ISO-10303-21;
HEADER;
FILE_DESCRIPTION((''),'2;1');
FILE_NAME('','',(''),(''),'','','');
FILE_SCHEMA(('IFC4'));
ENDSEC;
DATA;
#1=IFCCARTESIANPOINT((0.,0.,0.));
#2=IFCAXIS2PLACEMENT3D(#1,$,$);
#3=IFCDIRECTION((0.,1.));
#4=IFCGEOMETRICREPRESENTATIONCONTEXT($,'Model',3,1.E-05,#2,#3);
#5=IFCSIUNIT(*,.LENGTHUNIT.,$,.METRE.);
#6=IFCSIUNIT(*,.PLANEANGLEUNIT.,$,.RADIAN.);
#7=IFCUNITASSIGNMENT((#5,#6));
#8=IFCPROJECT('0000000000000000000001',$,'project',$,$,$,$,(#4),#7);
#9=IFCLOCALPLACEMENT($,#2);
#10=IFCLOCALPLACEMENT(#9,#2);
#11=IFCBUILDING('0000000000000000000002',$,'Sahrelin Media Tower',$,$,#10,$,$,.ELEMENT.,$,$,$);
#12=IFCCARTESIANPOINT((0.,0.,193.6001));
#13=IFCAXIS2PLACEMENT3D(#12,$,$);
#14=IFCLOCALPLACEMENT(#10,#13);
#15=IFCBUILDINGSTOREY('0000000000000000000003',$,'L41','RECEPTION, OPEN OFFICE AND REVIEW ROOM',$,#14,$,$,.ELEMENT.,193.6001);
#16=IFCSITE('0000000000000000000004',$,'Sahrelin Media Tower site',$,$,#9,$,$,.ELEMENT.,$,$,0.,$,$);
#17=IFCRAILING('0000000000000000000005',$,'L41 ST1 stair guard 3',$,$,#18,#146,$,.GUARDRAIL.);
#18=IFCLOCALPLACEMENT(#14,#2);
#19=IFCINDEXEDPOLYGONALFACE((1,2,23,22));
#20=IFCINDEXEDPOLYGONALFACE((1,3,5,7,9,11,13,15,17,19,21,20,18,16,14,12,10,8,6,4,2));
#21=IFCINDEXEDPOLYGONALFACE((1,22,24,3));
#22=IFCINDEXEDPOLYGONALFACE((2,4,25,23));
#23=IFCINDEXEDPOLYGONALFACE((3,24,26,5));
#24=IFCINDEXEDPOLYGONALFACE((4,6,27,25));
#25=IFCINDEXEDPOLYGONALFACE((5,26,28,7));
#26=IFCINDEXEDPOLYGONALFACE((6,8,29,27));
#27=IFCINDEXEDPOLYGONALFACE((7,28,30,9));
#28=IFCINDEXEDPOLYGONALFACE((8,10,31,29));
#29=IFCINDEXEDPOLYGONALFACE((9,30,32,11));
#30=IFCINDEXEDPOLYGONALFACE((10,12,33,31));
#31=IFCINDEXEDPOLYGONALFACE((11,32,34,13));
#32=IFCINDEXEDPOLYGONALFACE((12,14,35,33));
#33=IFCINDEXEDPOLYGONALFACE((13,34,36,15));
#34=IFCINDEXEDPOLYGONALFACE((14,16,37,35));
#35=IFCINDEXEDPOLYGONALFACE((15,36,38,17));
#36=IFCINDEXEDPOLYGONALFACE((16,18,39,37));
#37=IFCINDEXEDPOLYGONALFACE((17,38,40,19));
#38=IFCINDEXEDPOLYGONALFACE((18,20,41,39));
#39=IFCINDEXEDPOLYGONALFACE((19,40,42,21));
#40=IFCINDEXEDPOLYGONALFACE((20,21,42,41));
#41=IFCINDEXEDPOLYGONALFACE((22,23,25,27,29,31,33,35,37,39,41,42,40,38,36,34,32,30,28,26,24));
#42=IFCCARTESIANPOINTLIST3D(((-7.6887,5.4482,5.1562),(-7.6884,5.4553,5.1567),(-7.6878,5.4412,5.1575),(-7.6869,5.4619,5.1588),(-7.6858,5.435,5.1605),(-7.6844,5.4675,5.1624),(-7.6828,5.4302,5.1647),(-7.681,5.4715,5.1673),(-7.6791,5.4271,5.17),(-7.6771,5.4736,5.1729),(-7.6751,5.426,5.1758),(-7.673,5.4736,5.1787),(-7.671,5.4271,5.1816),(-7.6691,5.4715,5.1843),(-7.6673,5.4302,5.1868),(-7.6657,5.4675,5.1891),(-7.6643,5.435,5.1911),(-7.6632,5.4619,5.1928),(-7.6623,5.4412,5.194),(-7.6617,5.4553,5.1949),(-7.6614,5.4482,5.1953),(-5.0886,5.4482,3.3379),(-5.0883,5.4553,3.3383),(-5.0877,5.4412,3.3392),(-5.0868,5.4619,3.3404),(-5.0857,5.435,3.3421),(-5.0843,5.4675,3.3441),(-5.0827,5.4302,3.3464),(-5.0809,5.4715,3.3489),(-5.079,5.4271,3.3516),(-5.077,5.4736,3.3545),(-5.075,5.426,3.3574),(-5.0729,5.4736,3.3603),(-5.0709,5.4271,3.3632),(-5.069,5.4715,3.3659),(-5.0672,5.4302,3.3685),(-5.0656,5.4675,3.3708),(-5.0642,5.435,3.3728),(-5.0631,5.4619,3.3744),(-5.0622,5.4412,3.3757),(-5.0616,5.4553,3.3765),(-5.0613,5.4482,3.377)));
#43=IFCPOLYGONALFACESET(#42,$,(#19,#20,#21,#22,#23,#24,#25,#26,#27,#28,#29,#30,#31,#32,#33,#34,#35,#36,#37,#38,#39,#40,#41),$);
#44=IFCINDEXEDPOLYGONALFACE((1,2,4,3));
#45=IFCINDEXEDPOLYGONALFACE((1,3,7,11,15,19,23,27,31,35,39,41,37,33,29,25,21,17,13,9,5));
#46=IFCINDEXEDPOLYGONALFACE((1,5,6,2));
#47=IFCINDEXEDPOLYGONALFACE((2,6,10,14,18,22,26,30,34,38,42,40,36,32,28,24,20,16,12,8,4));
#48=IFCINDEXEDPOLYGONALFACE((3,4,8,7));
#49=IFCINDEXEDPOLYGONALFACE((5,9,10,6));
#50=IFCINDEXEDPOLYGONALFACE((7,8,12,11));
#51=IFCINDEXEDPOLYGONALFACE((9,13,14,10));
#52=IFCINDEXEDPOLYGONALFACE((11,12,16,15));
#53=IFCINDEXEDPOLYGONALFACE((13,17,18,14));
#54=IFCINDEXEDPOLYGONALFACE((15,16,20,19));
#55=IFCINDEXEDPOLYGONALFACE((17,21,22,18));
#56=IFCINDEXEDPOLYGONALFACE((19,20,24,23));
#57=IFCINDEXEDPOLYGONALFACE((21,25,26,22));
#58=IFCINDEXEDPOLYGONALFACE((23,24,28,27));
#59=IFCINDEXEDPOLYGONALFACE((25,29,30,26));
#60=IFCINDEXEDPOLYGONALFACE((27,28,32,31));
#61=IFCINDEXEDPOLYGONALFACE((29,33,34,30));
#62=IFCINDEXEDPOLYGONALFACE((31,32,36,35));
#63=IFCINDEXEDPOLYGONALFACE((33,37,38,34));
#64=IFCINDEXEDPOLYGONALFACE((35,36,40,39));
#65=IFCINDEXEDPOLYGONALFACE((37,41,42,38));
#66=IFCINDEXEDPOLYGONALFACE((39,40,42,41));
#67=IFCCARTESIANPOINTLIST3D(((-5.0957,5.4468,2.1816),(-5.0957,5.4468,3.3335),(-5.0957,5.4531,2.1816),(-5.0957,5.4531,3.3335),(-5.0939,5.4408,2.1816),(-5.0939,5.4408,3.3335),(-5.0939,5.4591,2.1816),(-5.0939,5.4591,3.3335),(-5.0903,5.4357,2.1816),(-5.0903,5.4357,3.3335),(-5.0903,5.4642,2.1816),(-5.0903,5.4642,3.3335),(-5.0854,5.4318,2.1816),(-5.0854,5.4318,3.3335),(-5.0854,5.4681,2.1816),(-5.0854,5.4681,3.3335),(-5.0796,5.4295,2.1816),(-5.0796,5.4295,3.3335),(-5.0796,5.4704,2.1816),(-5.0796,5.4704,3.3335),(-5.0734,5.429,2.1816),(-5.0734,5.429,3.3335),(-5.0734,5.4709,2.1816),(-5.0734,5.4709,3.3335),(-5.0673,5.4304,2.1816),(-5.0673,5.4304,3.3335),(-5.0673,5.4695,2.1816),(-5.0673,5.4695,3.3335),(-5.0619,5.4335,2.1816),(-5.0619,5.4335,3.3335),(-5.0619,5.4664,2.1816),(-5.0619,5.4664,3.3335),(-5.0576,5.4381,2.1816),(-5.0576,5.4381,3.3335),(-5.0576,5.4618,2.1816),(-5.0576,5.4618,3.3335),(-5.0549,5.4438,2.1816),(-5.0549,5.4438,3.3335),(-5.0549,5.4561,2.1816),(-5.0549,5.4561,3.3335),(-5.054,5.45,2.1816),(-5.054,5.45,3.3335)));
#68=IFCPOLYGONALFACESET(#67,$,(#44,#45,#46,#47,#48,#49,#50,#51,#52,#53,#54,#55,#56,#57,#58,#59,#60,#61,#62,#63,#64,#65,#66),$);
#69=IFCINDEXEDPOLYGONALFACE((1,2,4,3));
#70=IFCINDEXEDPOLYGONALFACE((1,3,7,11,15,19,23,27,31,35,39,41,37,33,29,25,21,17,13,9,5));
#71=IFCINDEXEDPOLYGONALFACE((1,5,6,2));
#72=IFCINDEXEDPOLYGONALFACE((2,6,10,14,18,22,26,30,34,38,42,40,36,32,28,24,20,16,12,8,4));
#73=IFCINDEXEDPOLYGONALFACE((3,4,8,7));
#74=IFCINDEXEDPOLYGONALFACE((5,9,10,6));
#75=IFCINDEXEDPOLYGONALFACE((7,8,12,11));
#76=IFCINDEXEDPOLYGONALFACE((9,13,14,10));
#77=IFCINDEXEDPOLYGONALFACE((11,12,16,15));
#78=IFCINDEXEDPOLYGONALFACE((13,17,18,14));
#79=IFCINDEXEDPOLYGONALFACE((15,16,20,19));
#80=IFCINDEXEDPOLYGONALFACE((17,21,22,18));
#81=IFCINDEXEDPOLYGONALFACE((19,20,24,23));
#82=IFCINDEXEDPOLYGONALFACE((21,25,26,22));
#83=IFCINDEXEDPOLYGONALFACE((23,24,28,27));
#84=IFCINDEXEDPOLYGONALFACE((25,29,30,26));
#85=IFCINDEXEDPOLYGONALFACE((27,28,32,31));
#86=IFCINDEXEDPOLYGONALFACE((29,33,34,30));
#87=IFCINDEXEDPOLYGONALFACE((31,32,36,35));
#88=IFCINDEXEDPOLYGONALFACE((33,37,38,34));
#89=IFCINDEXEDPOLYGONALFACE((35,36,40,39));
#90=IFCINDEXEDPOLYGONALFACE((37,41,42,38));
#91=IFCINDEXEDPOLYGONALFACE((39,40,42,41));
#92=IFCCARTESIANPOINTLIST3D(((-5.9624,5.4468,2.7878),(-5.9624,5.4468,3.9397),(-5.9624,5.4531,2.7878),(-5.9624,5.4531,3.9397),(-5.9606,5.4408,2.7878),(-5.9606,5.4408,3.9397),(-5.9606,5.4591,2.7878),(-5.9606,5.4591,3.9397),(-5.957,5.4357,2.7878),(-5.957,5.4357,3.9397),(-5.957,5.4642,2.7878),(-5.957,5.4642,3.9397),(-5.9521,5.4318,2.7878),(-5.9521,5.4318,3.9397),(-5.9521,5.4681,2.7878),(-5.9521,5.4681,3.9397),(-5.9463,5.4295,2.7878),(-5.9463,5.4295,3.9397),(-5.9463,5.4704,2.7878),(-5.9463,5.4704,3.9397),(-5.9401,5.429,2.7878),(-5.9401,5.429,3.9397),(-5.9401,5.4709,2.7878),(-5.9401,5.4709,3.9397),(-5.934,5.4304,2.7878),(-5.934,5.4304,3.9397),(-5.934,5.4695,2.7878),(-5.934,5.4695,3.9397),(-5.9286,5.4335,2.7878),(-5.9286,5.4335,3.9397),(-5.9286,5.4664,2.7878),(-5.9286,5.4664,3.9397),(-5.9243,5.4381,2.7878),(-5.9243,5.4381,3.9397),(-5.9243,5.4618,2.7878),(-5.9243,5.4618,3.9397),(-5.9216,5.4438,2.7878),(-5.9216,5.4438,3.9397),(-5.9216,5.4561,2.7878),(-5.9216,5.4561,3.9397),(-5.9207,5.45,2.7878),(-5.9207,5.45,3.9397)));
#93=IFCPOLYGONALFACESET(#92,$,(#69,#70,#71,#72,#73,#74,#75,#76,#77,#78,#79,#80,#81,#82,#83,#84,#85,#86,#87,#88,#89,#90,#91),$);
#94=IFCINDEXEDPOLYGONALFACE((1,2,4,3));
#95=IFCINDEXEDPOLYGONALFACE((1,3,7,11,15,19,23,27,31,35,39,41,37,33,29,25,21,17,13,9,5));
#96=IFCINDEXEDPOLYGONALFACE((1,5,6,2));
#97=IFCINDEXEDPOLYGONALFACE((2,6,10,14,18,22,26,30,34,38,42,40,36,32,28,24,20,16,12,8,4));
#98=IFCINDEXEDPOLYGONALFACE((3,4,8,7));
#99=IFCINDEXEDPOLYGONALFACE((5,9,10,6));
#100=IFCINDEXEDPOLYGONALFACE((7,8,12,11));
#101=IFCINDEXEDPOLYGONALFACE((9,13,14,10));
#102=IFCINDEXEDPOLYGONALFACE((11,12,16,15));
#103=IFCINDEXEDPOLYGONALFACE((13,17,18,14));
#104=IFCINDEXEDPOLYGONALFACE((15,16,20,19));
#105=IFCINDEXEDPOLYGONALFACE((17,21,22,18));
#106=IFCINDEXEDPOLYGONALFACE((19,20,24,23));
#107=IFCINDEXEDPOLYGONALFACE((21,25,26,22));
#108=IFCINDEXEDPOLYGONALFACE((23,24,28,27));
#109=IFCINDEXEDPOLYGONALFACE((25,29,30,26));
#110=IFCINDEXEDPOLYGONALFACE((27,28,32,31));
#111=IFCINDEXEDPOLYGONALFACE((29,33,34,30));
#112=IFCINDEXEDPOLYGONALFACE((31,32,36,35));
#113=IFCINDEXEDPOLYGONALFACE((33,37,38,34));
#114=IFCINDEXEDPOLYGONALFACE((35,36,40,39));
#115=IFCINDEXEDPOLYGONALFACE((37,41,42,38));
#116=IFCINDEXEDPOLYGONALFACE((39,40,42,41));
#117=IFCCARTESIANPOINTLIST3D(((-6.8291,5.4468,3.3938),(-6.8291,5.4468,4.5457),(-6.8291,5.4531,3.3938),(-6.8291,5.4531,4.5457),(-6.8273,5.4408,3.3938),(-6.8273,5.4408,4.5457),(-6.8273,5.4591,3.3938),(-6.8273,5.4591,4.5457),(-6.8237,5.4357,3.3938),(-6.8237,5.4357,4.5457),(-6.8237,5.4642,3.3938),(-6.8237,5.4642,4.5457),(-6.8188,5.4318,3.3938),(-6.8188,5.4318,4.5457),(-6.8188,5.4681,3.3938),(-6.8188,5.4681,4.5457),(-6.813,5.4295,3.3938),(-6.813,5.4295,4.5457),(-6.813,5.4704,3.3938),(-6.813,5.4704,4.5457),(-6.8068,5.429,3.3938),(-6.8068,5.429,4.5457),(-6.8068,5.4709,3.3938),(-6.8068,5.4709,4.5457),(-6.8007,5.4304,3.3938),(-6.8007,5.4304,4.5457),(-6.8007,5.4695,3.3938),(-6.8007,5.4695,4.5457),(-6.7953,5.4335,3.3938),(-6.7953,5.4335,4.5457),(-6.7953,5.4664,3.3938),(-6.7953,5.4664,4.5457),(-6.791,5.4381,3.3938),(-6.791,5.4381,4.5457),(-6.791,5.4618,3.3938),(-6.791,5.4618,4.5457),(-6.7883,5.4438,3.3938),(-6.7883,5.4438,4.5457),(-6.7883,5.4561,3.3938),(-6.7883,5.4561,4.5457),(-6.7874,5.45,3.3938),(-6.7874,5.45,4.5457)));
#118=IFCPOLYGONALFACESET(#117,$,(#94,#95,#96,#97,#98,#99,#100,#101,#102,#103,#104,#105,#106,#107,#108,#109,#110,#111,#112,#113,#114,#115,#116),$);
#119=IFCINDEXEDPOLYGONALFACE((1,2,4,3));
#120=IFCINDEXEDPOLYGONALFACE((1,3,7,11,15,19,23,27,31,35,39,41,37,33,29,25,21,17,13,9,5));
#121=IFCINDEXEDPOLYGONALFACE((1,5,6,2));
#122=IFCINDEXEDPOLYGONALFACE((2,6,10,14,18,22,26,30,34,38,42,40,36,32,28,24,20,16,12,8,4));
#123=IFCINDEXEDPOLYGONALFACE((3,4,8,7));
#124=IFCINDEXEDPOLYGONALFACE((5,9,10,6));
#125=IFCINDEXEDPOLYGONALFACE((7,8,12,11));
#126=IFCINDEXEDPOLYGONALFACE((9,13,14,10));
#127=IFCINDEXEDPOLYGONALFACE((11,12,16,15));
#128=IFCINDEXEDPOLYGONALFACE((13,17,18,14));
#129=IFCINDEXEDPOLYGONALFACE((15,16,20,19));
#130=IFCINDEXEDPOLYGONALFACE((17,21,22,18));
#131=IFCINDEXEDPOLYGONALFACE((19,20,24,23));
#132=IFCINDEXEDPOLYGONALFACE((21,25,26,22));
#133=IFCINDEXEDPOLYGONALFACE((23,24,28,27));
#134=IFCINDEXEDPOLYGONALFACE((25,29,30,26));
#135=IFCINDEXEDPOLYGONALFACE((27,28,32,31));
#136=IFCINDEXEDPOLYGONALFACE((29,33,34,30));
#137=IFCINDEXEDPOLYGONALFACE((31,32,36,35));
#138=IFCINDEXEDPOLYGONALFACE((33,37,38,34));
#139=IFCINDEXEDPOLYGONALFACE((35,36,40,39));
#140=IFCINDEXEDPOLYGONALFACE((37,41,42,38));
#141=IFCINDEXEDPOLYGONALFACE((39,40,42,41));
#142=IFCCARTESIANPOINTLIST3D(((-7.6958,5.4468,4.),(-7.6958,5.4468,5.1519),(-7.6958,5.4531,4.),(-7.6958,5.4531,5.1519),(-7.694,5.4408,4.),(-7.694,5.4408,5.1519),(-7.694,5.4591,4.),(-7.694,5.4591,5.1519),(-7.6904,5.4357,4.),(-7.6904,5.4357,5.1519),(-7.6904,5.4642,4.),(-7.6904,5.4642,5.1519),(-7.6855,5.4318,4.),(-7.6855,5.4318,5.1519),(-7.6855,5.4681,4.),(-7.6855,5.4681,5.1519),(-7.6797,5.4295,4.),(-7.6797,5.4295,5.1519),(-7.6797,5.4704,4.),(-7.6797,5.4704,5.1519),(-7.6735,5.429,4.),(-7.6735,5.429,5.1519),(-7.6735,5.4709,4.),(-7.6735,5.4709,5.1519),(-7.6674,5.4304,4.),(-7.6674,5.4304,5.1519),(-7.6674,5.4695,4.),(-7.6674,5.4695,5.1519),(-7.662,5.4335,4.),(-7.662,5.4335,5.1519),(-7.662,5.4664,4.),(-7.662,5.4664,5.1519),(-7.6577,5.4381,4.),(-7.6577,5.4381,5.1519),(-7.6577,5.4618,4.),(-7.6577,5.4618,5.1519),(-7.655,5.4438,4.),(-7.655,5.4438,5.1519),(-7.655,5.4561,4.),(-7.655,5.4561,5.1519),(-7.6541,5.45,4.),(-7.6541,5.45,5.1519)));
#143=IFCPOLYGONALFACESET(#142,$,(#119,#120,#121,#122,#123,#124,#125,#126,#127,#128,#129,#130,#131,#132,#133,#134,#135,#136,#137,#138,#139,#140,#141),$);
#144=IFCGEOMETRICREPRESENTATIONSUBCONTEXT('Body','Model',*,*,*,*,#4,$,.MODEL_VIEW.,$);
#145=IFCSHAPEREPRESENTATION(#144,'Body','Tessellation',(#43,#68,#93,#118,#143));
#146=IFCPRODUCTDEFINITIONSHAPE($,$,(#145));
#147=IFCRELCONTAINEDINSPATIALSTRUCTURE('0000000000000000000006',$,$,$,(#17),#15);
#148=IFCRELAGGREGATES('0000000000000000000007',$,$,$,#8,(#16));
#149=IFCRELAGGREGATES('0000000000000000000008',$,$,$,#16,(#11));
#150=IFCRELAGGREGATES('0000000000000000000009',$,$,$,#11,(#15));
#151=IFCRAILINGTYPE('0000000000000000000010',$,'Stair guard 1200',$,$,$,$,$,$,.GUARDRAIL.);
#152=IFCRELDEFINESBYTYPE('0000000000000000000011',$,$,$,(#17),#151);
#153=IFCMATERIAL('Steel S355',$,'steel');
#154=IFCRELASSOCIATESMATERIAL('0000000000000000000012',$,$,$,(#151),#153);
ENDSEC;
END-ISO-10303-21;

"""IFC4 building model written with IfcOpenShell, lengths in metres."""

from ifc_helpers import new_model, si_unit, direction, frame, origin, origin_2d, place, context, subcontext, project, spatial, circle, extrude, material, type_object, element, save


model = new_model("IFC4")

# Units and contexts
model_context = context("Model", 3, precision=1e-05, world=origin(), true_north=direction((0.0, 1.0)))
body_context = subcontext(model_context, "Body", "Model", "MODEL_VIEW")
ifc_project = project(units=[si_unit("LENGTHUNIT", "METRE"), si_unit("PLANEANGLEUNIT", "RADIAN")], contexts=[model_context])

# Site, building, storey
site_placement = place(None, origin())
site = spatial("IfcSite", under=ifc_project, at=site_placement, Name="Sahrelin Media Tower site", CompositionType="ELEMENT", RefElevation=0.0)
building_placement = place(site_placement, origin())
building = spatial("IfcBuilding", under=site, at=building_placement, Name="Sahrelin Media Tower", CompositionType="ELEMENT")
storey_placement = place(building_placement, frame((0.0, 0.0, 193.6001)))
storey = spatial("IfcBuildingStorey", under=building, at=storey_placement, Name="L41", Description="RECEPTION, OPEN OFFICE AND REVIEW ROOM", CompositionType="ELEMENT", Elevation=193.6001)

# Shared definitions
ifc_material_1 = material(Name="Steel S355", Category="steel")

# Railing
railing_type_1 = type_object("IfcRailingType", Name="Stair guard 1200", PredefinedType="GUARDRAIL", material=ifc_material_1)
railing_1_placement = place(storey_placement, frame((-5.075, 5.45, 2.1816)))
element("IfcRailing", 1, at=railing_1_placement, inside=storey, type_object=railing_type_1, Name="L41 ST1 stair guard 3", PredefinedType="GUARDRAIL", context=body_context, shape_type="SweptSolid", body=[
    extrude(circle(Radius=0.0239, at=origin_2d()), frame((0.0, 0.0, 1.1758), z_axis=(-0.819485, 0.0, 0.573101), x_axis=(0.0, -1.0, 0.0)), (0.0, 0.0, 1.0), 3.1729),
    extrude(circle(Radius=0.021, at=origin_2d()), origin(), (0.0, 0.0, 1.0), 1.1519),
    extrude(circle(Radius=0.021, at=origin_2d()), frame((-0.8667, 0.0, 0.6062)), (0.0, 0.0, 1.0), 1.1519),
    extrude(circle(Radius=0.021, at=origin_2d()), frame((-1.7334, 0.0, 1.2122)), (0.0, 0.0, 1.0), 1.1519),
    extrude(circle(Radius=0.021, at=origin_2d()), frame((-2.6001, 0.0, 1.8184)), (0.0, 0.0, 1.0), 1.1519),
])

save(model, "model.ifc")
